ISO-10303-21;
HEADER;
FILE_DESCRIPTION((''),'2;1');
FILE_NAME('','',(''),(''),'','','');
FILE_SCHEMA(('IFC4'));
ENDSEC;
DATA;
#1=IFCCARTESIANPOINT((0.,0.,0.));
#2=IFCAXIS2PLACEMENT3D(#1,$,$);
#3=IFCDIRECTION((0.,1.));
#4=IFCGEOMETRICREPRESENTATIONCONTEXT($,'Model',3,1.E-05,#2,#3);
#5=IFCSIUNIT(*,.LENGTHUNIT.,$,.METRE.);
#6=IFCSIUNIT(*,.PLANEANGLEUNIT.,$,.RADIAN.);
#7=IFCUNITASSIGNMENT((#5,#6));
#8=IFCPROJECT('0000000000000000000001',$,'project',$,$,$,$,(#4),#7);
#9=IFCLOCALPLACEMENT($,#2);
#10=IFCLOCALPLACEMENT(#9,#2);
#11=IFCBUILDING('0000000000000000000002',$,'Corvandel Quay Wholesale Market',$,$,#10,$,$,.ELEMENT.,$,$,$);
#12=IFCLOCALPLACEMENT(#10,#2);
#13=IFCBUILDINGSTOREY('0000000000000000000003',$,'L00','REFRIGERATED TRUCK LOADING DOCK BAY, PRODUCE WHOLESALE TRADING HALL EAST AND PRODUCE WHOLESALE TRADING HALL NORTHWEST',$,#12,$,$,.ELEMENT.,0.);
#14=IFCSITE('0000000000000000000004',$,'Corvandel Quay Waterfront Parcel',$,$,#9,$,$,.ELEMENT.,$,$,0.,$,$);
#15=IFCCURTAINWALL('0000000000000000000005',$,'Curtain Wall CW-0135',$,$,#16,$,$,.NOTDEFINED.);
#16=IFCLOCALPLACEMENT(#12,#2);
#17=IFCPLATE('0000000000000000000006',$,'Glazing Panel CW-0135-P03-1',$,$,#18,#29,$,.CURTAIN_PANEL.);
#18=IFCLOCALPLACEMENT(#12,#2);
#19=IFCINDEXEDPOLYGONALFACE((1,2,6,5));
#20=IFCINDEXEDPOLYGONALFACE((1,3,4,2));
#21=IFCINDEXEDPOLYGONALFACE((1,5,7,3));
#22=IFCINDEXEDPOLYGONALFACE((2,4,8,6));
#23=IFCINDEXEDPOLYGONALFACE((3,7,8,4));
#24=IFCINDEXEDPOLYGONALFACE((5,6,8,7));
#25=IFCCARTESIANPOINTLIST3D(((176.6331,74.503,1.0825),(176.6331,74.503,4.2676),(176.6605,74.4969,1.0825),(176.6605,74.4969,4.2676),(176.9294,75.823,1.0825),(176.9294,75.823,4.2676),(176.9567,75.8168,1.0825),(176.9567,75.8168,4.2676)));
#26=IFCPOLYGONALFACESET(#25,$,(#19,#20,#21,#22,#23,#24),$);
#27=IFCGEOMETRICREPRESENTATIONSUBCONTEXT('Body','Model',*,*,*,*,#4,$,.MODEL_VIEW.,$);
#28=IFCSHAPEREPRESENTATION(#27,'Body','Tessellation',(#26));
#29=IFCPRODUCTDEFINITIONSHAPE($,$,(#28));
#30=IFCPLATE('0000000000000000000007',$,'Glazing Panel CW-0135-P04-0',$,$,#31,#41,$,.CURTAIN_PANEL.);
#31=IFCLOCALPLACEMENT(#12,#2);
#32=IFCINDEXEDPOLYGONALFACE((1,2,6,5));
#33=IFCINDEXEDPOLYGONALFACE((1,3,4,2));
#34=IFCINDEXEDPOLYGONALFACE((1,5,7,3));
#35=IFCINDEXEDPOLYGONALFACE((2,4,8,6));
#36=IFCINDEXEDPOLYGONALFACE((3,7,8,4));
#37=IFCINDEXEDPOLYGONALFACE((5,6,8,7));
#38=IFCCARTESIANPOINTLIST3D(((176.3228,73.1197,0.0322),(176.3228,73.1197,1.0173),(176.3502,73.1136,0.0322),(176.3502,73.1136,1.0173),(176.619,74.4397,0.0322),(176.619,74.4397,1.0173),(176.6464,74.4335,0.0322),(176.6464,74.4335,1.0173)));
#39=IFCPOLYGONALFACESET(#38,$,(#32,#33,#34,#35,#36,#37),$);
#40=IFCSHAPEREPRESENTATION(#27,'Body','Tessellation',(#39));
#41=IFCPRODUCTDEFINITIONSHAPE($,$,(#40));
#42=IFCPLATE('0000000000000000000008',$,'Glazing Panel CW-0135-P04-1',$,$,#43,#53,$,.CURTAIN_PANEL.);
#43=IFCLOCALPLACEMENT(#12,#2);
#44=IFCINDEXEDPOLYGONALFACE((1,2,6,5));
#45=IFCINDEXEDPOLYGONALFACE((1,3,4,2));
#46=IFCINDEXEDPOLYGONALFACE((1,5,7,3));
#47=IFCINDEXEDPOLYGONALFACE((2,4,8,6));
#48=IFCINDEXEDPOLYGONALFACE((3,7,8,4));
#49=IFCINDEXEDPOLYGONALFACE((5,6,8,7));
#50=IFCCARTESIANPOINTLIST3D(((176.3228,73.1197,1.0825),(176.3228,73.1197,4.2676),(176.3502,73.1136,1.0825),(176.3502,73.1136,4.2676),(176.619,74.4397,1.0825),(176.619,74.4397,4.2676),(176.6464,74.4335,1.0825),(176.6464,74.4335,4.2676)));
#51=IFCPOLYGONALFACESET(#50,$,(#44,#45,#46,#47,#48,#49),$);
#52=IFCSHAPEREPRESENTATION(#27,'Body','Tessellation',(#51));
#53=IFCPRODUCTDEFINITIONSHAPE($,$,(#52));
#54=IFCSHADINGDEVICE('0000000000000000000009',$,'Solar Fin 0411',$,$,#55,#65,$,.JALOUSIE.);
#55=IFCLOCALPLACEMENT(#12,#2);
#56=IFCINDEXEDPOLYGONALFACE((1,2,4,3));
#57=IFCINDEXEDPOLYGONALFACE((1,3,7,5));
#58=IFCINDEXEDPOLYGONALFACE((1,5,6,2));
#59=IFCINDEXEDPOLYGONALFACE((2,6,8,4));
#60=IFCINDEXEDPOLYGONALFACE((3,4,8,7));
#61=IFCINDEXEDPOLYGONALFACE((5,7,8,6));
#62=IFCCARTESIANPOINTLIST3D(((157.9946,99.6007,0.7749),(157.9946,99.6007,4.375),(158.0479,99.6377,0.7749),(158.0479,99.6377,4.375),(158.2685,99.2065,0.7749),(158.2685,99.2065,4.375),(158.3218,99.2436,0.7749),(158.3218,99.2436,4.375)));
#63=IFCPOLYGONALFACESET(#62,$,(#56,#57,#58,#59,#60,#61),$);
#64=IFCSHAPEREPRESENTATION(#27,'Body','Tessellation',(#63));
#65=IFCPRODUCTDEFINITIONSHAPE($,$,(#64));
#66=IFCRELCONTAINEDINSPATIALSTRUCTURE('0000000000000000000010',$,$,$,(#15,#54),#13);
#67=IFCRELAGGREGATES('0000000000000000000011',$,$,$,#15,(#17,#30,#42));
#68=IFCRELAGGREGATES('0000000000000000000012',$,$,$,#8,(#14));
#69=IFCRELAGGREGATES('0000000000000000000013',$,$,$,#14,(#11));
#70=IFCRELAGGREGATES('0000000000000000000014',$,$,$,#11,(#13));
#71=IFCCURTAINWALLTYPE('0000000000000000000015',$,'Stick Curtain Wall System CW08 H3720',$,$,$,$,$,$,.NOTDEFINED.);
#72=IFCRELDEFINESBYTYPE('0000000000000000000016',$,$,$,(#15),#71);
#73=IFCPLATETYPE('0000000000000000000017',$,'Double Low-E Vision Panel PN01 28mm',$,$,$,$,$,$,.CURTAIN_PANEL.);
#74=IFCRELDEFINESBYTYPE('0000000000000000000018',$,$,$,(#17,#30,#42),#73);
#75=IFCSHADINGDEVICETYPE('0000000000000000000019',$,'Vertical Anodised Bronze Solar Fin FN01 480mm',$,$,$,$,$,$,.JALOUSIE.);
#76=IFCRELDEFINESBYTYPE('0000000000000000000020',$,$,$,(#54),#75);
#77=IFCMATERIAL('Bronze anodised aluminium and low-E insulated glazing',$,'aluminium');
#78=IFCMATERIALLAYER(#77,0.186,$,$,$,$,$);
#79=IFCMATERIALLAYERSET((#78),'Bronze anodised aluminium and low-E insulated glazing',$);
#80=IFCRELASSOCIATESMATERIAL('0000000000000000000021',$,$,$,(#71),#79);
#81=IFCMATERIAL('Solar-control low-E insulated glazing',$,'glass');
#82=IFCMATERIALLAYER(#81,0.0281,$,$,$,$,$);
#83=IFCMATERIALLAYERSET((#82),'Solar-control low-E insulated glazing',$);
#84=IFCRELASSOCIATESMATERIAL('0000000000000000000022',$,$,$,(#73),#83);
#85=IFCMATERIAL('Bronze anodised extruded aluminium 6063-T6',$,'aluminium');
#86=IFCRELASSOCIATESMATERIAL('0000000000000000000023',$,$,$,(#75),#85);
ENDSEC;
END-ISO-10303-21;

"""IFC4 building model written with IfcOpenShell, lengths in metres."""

from ifc_helpers import new_model, si_unit, direction, frame, origin, origin_2d, place, context, subcontext, project, spatial, rectangle, extrude, material, layer, layer_set, type_object, element, aggregate, save


model = new_model("IFC4")

# Units and contexts
model_context = context("Model", 3, precision=1e-05, world=origin(), true_north=direction((0.0, 1.0)))
body_context = subcontext(model_context, "Body", "Model", "MODEL_VIEW")
ifc_project = project(units=[si_unit("LENGTHUNIT", "METRE"), si_unit("PLANEANGLEUNIT", "RADIAN")], contexts=[model_context])

# Site, building, storey
site_placement = place(None, origin())
site = spatial("IfcSite", under=ifc_project, at=site_placement, Name="Corvandel Quay Waterfront Parcel", CompositionType="ELEMENT", RefElevation=0.0)
building_placement = place(site_placement, origin())
building = spatial("IfcBuilding", under=site, at=building_placement, Name="Corvandel Quay Wholesale Market", CompositionType="ELEMENT")
storey_placement = place(building_placement, origin())
storey = spatial("IfcBuildingStorey", under=building, at=storey_placement, Name="L00", Description="REFRIGERATED TRUCK LOADING DOCK BAY, PRODUCE WHOLESALE TRADING HALL EAST AND PRODUCE WHOLESALE TRADING HALL NORTHWEST", CompositionType="ELEMENT", Elevation=0.0)

# Curtain wall, plates
ifc_material_1 = material(Name="Bronze anodised aluminium and low-E insulated glazing", Category="aluminium")
ifc_layer_1 = layer(ifc_material_1, 0.186)
ifc_layer_set_1 = layer_set([ifc_layer_1], Name="Bronze anodised aluminium and low-E insulated glazing")
curtain_wall_type = type_object("IfcCurtainWallType", Name="Stick Curtain Wall System CW08 H3720", PredefinedType="NOTDEFINED", material=ifc_layer_set_1)
curtain_wall_placement = place(storey_placement, origin())
curtain_wall = element("IfcCurtainWall", 1, at=curtain_wall_placement, inside=storey, type_object=curtain_wall_type, Name="Curtain Wall CW-0135", PredefinedType="NOTDEFINED")
ifc_material_2 = material(Name="Solar-control low-E insulated glazing", Category="glass")
ifc_layer_2 = layer(ifc_material_2, 0.0281)
ifc_layer_set_2 = layer_set([ifc_layer_2], Name="Solar-control low-E insulated glazing")
plate_type_1 = type_object("IfcPlateType", Name="Double Low-E Vision Panel PN01 28mm", PredefinedType="CURTAIN_PANEL", material=ifc_layer_set_2)
plate_1_placement = place(storey_placement, frame((176.7949, 75.1599, 1.0825), z_axis=(0.0, 0.0, 1.0), x_axis=(0.218995, 0.975726, 0.0)))
plate_1 = element("IfcPlate", 2, at=plate_1_placement, type_object=plate_type_1, Name="Glazing Panel CW-0135-P03-1", PredefinedType="CURTAIN_PANEL", context=body_context, shape_type="SweptSolid", body=[
    extrude(rectangle(XDim=1.3528, YDim=0.0281, at=origin_2d()), origin(), (0.0, 0.0, 1.0), 3.1851),
])
plate_2_placement = place(storey_placement, frame((176.4846, 73.7766, 0.0322), z_axis=(0.0, 0.0, 1.0), x_axis=(0.218995, 0.975726, 0.0)))
plate_2 = element("IfcPlate", 3, at=plate_2_placement, type_object=plate_type_1, Name="Glazing Panel CW-0135-P04-0", PredefinedType="CURTAIN_PANEL", context=body_context, shape_type="SweptSolid", body=[
    extrude(rectangle(XDim=1.3528, YDim=0.0281, at=origin_2d()), origin(), (0.0, 0.0, 1.0), 0.9851),
])
plate_3_placement = place(storey_placement, frame((176.4846, 73.7766, 1.0825), z_axis=(0.0, 0.0, 1.0), x_axis=(0.218995, 0.975726, 0.0)))
plate_3 = element("IfcPlate", 4, at=plate_3_placement, type_object=plate_type_1, Name="Glazing Panel CW-0135-P04-1", PredefinedType="CURTAIN_PANEL", context=body_context, shape_type="SweptSolid", body=[
    extrude(rectangle(XDim=1.3528, YDim=0.0281, at=origin_2d()), origin(), (0.0, 0.0, 1.0), 3.1851),
])
aggregate(curtain_wall, [plate_1, plate_2, plate_3])

# Shading device
ifc_material_3 = material(Name="Bronze anodised extruded aluminium 6063-T6", Category="aluminium")
shading_device_type = type_object("IfcShadingDeviceType", Name="Vertical Anodised Bronze Solar Fin FN01 480mm", PredefinedType="JALOUSIE", material=ifc_material_3)
shading_device_placement = place(storey_placement, frame((158.1582, 99.4221, 0.7749), z_axis=(0.0, 0.0, 1.0), x_axis=(-0.57057, 0.821249, 0.0)))
element("IfcShadingDevice", 5, at=shading_device_placement, inside=storey, type_object=shading_device_type, Name="Solar Fin 0411", PredefinedType="JALOUSIE", context=body_context, shape_type="SweptSolid", body=[
    extrude(rectangle(XDim=0.48, YDim=0.0649, at=origin_2d()), origin(), (0.0, 0.0, 1.0), 3.6001),
])

save(model, "model.ifc")
